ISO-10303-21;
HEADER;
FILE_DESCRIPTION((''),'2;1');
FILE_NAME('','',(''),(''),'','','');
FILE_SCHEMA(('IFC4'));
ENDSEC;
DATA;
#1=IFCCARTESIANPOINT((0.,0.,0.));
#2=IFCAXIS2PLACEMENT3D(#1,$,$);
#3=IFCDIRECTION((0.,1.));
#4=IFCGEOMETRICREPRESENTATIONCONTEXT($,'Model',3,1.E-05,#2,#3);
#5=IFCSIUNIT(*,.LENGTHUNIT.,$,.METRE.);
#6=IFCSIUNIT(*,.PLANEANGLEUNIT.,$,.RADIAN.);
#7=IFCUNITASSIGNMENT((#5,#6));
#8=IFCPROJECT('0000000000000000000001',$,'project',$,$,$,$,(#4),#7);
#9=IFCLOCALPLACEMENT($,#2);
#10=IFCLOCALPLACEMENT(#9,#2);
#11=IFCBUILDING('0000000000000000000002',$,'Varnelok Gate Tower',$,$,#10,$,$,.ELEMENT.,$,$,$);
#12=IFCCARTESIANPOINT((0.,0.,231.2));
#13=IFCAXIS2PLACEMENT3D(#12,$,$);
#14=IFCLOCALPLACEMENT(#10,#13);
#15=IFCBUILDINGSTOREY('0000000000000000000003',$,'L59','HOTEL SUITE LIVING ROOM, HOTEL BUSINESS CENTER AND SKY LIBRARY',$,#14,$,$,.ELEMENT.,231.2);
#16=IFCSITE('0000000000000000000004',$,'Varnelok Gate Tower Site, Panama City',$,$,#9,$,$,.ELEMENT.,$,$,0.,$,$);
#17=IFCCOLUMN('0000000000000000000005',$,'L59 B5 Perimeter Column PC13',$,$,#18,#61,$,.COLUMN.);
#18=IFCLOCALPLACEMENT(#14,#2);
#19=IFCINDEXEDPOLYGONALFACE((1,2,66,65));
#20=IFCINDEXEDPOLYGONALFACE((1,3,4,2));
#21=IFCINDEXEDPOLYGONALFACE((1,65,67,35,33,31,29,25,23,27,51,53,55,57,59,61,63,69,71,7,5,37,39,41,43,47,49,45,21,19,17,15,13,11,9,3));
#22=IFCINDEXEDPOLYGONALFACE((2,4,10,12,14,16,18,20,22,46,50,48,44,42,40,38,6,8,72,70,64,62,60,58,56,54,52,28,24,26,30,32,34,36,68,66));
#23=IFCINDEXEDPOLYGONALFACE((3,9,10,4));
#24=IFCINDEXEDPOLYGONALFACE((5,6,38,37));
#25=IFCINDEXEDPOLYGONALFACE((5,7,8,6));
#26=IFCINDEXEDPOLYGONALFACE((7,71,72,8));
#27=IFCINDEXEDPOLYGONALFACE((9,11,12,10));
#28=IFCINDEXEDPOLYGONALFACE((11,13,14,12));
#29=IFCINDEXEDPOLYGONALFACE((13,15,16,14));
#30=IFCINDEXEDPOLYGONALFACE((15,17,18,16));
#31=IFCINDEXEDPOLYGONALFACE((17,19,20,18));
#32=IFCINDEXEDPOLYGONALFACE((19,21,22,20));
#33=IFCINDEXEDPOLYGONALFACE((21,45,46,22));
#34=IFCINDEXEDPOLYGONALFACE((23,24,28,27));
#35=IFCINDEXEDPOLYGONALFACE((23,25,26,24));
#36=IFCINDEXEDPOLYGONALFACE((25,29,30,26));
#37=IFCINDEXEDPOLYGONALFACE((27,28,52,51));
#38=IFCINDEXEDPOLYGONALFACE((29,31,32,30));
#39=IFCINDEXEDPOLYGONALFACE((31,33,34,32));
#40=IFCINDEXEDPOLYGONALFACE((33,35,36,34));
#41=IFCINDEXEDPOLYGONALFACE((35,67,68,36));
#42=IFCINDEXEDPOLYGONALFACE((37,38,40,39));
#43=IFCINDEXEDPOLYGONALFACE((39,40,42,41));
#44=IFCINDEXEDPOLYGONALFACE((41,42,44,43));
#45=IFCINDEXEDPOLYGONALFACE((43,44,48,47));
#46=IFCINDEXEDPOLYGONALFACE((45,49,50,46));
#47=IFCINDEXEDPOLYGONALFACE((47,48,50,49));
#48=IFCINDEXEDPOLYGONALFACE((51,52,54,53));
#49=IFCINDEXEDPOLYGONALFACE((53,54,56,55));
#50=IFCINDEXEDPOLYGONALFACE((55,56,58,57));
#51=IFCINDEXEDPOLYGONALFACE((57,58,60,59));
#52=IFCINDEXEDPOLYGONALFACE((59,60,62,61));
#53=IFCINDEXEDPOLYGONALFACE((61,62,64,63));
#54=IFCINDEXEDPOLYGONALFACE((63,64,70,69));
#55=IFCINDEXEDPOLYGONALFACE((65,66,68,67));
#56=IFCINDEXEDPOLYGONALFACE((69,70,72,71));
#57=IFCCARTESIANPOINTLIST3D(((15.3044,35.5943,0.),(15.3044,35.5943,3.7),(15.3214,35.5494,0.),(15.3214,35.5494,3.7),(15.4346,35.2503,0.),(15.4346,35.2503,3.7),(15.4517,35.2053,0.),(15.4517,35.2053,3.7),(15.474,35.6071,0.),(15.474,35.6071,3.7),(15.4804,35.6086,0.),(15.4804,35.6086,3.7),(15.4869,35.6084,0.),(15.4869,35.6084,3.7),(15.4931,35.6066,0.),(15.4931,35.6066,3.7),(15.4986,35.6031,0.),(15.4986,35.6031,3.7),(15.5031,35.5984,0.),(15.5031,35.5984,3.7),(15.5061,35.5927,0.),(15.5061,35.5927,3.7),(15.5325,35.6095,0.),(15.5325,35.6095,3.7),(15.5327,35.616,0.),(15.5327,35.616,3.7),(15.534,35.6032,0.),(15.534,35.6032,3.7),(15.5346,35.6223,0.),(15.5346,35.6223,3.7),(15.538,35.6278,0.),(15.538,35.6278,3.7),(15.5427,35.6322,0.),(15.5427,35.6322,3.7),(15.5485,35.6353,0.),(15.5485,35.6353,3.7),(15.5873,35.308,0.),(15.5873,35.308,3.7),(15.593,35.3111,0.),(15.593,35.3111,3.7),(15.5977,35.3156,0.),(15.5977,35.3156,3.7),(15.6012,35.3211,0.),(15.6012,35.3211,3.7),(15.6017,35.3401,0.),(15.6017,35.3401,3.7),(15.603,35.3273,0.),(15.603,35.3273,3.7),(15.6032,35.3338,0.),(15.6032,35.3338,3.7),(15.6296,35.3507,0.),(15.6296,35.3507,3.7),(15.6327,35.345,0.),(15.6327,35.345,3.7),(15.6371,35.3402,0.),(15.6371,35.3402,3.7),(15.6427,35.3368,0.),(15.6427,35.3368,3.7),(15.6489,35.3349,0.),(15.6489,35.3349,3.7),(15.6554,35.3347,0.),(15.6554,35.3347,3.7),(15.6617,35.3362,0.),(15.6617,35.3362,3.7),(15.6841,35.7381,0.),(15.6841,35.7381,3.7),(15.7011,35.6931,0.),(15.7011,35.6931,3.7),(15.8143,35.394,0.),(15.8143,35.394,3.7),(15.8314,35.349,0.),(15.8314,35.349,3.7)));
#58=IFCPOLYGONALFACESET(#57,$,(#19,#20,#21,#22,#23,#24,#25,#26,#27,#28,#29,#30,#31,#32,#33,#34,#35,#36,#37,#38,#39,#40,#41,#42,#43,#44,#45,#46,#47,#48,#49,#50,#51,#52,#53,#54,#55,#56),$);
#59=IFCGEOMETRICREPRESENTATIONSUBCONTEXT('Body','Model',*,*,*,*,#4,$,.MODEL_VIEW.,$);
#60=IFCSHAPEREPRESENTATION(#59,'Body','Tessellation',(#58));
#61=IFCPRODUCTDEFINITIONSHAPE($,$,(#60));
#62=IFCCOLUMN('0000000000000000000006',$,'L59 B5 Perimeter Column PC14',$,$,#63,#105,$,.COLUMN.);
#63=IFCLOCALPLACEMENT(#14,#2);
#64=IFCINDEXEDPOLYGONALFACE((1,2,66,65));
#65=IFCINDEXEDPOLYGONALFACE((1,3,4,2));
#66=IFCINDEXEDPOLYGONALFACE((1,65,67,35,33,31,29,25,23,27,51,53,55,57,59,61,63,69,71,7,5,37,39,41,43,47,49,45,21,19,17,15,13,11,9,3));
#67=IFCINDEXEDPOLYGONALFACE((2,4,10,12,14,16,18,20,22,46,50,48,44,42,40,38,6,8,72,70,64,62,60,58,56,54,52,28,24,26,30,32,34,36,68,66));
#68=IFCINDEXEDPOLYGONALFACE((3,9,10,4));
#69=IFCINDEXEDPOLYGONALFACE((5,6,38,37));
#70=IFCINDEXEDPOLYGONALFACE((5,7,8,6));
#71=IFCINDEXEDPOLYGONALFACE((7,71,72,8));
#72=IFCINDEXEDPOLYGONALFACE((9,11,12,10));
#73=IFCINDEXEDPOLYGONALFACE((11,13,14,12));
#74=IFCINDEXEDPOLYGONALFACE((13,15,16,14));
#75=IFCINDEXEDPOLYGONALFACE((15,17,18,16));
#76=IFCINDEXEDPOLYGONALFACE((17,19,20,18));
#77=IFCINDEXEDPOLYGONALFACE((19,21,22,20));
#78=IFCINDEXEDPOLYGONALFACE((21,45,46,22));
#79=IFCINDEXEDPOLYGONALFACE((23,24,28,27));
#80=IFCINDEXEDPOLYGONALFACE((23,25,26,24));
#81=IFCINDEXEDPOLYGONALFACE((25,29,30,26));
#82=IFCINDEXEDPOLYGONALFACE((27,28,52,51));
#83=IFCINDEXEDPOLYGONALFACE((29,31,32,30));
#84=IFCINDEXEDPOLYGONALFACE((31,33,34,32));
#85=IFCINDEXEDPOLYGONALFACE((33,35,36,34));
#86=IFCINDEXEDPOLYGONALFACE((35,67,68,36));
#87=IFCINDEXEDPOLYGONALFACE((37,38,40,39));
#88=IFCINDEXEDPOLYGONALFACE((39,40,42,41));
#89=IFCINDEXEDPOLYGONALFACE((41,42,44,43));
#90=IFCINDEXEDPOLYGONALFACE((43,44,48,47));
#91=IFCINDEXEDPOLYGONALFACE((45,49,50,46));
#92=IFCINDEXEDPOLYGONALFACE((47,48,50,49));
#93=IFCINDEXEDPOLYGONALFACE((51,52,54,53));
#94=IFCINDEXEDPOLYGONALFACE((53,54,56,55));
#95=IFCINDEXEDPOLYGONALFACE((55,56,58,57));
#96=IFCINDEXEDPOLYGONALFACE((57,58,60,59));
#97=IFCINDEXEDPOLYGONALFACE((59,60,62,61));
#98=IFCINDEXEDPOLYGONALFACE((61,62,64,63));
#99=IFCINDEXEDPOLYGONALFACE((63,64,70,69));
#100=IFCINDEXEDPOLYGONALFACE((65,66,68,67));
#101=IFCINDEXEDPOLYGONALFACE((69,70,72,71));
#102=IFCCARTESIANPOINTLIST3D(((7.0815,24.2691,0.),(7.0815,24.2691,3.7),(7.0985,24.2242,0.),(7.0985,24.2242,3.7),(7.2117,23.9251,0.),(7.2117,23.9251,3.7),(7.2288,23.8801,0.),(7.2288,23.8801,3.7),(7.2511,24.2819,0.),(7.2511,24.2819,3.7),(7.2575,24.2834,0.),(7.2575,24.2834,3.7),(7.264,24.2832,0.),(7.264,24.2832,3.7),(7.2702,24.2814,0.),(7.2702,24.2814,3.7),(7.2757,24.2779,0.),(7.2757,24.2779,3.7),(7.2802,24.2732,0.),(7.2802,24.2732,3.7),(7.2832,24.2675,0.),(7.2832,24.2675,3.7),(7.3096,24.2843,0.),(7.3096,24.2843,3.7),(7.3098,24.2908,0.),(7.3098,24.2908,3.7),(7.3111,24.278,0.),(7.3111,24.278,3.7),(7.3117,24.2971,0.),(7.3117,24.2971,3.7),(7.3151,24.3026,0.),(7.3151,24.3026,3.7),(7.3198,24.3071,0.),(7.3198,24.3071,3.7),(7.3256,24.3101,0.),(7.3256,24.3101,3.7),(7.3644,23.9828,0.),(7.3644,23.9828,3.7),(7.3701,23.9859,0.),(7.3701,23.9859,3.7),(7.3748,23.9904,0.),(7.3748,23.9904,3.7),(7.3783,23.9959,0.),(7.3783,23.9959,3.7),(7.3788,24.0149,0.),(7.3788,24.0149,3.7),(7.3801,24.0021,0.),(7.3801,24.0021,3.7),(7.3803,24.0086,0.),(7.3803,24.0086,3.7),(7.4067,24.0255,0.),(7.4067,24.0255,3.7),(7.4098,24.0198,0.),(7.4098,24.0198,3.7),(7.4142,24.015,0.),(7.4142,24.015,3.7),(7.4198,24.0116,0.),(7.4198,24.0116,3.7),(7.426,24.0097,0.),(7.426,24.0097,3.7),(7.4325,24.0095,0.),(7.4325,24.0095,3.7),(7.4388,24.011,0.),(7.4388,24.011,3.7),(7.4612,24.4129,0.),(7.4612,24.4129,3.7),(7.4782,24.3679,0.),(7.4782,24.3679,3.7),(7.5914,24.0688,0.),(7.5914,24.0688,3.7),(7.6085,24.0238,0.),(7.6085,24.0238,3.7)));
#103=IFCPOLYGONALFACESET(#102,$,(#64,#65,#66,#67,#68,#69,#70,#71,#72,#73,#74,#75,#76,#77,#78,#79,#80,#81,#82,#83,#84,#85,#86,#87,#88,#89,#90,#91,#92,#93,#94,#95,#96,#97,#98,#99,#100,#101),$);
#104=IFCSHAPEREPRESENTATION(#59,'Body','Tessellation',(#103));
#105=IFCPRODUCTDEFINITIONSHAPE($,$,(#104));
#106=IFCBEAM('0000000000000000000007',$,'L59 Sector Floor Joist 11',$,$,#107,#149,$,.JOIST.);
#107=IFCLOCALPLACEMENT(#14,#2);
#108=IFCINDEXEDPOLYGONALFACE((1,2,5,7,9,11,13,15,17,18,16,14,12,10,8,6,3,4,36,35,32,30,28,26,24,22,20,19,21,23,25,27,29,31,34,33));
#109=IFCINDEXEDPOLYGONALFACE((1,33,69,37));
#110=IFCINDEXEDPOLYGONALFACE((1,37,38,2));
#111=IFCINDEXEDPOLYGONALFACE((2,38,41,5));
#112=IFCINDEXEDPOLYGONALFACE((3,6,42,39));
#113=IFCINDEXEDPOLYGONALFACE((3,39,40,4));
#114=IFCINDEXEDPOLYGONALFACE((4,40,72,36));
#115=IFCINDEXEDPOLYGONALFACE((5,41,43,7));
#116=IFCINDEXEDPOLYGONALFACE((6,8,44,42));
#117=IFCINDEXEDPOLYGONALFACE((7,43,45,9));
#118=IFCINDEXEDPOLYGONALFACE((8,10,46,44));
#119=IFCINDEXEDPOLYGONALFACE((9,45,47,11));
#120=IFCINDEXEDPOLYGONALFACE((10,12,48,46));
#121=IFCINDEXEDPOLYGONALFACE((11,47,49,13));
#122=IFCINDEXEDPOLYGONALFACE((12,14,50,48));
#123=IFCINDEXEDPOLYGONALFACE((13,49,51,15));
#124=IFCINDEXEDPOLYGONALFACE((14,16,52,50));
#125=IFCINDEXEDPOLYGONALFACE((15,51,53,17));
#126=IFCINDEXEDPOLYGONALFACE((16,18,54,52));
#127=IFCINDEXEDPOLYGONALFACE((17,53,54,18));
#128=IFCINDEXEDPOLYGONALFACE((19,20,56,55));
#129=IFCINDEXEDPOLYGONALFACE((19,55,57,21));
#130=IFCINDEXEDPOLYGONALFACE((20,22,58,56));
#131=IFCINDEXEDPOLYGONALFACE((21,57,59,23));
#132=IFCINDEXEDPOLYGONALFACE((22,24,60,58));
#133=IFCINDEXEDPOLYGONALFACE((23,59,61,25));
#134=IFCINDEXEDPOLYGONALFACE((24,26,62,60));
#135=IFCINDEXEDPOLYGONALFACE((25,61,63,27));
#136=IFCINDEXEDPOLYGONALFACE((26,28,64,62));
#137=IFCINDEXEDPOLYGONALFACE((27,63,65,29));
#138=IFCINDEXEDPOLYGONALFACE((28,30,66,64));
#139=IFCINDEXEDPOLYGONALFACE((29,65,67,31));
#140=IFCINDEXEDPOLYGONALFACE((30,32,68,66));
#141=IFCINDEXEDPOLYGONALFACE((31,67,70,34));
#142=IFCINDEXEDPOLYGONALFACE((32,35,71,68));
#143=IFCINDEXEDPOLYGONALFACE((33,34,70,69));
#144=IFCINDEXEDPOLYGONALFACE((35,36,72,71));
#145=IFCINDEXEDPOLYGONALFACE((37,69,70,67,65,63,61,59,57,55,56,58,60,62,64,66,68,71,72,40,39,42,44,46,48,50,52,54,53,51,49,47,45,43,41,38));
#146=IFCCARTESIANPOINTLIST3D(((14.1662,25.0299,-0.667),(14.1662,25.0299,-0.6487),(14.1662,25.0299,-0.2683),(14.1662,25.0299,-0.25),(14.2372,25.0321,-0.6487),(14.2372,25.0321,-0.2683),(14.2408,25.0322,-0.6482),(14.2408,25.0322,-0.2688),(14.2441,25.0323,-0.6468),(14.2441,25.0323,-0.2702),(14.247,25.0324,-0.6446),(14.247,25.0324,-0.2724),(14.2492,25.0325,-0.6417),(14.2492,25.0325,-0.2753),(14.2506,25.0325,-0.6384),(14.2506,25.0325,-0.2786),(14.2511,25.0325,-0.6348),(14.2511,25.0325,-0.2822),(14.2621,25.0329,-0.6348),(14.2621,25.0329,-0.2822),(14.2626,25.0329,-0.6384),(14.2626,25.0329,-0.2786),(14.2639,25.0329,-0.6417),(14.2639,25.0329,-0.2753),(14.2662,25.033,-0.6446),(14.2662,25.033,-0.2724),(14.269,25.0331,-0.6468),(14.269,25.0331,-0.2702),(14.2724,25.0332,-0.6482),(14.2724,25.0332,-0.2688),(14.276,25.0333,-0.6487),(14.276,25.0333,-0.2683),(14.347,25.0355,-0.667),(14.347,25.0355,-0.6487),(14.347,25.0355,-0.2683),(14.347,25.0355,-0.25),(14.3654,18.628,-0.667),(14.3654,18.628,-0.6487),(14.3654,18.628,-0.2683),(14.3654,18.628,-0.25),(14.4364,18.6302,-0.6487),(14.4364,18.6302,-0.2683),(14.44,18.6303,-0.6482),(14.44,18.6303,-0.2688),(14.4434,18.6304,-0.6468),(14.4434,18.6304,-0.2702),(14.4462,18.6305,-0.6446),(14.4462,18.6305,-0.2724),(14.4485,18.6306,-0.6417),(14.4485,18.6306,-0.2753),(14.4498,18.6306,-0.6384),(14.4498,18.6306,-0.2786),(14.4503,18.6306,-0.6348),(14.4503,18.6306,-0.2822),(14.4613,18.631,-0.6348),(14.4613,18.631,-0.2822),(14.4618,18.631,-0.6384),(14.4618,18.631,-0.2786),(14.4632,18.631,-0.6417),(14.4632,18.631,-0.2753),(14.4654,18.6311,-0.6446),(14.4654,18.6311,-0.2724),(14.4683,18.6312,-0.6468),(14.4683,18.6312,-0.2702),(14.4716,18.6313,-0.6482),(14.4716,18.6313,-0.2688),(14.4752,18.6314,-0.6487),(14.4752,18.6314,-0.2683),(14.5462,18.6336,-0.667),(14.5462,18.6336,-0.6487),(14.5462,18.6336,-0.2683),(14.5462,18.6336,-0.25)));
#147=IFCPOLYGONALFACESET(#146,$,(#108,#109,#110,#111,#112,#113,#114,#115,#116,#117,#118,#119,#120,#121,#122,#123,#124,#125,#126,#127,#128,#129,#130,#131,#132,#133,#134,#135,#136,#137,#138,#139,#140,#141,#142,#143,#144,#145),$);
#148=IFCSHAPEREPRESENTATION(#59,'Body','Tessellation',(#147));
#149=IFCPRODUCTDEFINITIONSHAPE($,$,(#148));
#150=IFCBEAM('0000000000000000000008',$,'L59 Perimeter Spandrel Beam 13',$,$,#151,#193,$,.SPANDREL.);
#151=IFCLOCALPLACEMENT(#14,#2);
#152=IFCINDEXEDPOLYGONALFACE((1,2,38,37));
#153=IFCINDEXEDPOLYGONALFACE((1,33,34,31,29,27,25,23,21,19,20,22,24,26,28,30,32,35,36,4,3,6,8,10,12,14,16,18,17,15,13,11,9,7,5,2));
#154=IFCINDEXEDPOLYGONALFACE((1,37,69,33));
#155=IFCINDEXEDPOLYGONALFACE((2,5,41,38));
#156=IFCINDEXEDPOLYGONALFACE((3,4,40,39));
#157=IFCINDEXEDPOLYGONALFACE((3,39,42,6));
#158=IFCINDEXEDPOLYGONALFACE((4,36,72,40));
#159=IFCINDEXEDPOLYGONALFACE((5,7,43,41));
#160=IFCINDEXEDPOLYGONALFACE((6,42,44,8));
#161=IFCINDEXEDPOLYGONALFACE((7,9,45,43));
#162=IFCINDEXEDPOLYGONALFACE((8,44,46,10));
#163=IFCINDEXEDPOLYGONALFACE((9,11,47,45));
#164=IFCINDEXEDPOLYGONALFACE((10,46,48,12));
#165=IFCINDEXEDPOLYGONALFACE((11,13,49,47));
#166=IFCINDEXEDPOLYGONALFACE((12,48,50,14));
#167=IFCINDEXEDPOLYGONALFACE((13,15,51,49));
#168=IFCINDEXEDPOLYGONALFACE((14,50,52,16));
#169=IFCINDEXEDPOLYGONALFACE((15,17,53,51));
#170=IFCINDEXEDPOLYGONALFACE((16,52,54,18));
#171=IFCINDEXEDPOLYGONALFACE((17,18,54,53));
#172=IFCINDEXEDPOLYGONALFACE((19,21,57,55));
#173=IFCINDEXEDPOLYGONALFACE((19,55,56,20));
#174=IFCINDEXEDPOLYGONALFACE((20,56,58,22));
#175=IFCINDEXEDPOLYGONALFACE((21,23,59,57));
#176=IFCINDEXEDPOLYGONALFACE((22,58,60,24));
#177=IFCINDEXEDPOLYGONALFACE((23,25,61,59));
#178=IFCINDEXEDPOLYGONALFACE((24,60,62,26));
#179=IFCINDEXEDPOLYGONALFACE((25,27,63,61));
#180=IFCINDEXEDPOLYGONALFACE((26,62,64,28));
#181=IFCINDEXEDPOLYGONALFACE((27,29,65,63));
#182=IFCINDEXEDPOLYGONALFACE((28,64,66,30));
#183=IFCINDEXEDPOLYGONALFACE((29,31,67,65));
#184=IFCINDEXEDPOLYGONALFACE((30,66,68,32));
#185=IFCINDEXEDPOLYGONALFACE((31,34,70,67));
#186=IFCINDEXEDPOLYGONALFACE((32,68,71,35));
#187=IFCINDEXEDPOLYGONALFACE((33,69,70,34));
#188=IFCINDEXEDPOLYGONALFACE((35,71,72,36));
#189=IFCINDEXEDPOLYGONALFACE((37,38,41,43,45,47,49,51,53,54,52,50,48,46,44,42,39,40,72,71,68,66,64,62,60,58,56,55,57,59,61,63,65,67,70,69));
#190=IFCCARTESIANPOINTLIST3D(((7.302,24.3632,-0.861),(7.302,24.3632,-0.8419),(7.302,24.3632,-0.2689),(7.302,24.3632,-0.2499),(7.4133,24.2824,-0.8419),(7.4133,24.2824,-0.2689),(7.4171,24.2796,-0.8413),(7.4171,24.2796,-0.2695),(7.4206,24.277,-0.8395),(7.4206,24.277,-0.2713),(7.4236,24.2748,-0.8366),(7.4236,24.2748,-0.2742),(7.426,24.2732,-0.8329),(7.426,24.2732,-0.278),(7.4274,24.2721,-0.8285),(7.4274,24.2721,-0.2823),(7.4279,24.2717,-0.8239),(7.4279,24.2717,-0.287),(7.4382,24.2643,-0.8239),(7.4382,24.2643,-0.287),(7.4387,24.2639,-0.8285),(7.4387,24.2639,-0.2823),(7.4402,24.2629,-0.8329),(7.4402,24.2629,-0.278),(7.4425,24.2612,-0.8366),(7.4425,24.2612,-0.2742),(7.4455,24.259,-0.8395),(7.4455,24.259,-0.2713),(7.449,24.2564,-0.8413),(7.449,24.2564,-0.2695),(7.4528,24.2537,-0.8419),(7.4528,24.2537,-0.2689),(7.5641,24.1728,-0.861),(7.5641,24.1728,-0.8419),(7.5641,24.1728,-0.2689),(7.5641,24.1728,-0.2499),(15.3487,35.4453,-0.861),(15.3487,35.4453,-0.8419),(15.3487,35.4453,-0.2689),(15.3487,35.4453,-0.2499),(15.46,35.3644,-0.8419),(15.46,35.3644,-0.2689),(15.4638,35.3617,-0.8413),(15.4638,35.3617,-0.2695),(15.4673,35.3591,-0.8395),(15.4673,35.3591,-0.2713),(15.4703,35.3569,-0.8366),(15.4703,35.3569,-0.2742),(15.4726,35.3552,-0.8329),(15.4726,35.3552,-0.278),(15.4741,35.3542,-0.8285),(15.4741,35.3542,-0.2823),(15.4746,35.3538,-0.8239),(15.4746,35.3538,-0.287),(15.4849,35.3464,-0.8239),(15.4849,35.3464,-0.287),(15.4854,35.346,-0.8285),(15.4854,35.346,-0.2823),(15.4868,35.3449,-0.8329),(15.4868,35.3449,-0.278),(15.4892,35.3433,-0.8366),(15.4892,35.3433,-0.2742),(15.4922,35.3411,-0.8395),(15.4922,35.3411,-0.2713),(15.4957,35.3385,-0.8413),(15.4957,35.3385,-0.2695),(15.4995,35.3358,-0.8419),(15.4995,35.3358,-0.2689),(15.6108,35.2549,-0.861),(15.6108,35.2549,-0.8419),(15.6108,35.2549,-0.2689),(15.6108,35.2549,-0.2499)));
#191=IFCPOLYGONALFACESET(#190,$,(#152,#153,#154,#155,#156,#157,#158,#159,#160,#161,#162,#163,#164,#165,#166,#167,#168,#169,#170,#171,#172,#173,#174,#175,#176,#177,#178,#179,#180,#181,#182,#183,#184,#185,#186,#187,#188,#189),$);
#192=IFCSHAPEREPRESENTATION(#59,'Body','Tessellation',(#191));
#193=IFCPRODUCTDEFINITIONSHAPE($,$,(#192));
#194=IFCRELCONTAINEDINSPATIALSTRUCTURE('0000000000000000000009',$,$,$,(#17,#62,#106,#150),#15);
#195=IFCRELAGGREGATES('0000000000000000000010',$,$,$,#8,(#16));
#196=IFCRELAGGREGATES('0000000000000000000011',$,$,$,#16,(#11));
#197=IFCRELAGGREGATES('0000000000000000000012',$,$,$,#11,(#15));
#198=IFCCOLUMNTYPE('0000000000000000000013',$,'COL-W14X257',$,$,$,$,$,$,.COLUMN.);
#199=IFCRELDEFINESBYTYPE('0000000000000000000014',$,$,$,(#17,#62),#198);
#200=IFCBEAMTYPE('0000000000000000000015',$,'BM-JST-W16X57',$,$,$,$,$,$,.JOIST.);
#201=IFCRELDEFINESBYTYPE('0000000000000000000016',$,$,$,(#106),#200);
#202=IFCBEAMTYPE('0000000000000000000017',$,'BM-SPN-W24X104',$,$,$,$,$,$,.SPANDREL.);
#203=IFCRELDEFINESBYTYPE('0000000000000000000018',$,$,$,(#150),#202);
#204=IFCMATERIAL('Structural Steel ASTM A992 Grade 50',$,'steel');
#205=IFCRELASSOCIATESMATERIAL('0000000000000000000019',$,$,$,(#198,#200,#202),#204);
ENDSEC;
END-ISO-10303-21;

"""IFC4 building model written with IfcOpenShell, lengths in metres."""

from ifc_helpers import new_model, si_unit, direction, frame, origin, origin_2d, place, context, subcontext, project, spatial, i_section, extrude, material, material_profile, profile_set, type_object, element, save


model = new_model("IFC4")

# Units and contexts
model_context = context("Model", 3, precision=1e-05, world=origin(), true_north=direction((0.0, 1.0)))
body_context = subcontext(model_context, "Body", "Model", "MODEL_VIEW")
ifc_project = project(units=[si_unit("LENGTHUNIT", "METRE"), si_unit("PLANEANGLEUNIT", "RADIAN")], contexts=[model_context])

# Site, building, storey
site_placement = place(None, origin())
site = spatial("IfcSite", under=ifc_project, at=site_placement, Name="Varnelok Gate Tower Site, Panama City", CompositionType="ELEMENT", RefElevation=0.0)
building_placement = place(site_placement, origin())
building = spatial("IfcBuilding", under=site, at=building_placement, Name="Varnelok Gate Tower", CompositionType="ELEMENT")
storey_placement = place(building_placement, frame((0.0, 0.0, 231.2)))
storey = spatial("IfcBuildingStorey", under=building, at=storey_placement, Name="L59", Description="HOTEL SUITE LIVING ROOM, HOTEL BUSINESS CENTER AND SKY LIBRARY", CompositionType="ELEMENT", Elevation=231.2)

# Columns
ifc_material_1 = material(Name="Structural Steel ASTM A992 Grade 50", Category="steel")
ifc_material_profile_1 = material_profile(ifc_material_1, i_section(OverallWidth=0.406, OverallDepth=0.416, WebThickness=0.0298, FlangeThickness=0.0481, FilletRadius=0.0249, at=origin_2d()), Name="W14X257")
ifc_profile_set_1 = profile_set([ifc_material_profile_1], Name="Structural Steel ASTM A992 Grade 50")
column_type = type_object("IfcColumnType", Name="COL-W14X257", PredefinedType="COLUMN", material=ifc_profile_set_1)
for number, where, z_axis, x_axis, name in (
    (1, (15.5679, 35.4717, 0.0), (0.0, 0.0, 1.0), (0.935222, 0.354063, 0.0), "L59 B5 Perimeter Column PC13"),
    (2, (7.345, 24.1465, 0.0), (0.0, 0.0, 1.0), (0.935222, 0.354063, 0.0), "L59 B5 Perimeter Column PC14"),
):
    element("IfcColumn", number, at=place(storey_placement, frame(where, z_axis=z_axis, x_axis=x_axis)), inside=storey, type_object=column_type, Name=name, PredefinedType="COLUMN", context=body_context, shape_type="SweptSolid", body=[
        extrude(i_section(OverallWidth=0.406, OverallDepth=0.416, WebThickness=0.0298, FlangeThickness=0.0481, FilletRadius=0.0249, at=origin_2d()), origin(), (0.0, 0.0, 1.0), 3.7),
    ])

# Beams
ifc_material_profile_2 = material_profile(ifc_material_1, i_section(OverallWidth=0.1809, OverallDepth=0.417, WebThickness=0.011, FlangeThickness=0.0183, FilletRadius=0.0139, at=origin_2d()), Name="W16X57")
ifc_profile_set_2 = profile_set([ifc_material_profile_2], Name="Structural Steel ASTM A992 Grade 50")
beam_type_1 = type_object("IfcBeamType", Name="BM-JST-W16X57", PredefinedType="JOIST", material=ifc_profile_set_2)
beam_1_placement = place(storey_placement, frame((14.2566, 25.0327, -0.4585), z_axis=(0.031104, -0.999516, 0.0), x_axis=(0.999516, 0.031104, 0.0)))
element("IfcBeam", 3, at=beam_1_placement, inside=storey, type_object=beam_type_1, Name="L59 Sector Floor Joist 11", PredefinedType="JOIST", context=body_context, shape_type="SweptSolid", body=[
    extrude(i_section(OverallWidth=0.1809, OverallDepth=0.417, WebThickness=0.011, FlangeThickness=0.0183, FilletRadius=0.0139, at=origin_2d()), origin(), (0.0, 0.0, 1.0), 6.405),
])
ifc_material_profile_3 = material_profile(ifc_material_1, i_section(OverallWidth=0.324, OverallDepth=0.6111, WebThickness=0.0127, FlangeThickness=0.019, FilletRadius=0.0181, at=origin_2d()), Name="W24X104")
ifc_profile_set_3 = profile_set([ifc_material_profile_3], Name="Structural Steel ASTM A992 Grade 50")
beam_type_2 = type_object("IfcBeamType", Name="BM-SPN-W24X104", PredefinedType="SPANDREL", material=ifc_profile_set_3)
beam_2_placement = place(storey_placement, frame((15.4797, 35.3501, -0.5554), z_axis=(-0.587549, -0.809188, 0.0), x_axis=(0.809188, -0.587549, 0.0)))
element("IfcBeam", 4, at=beam_2_placement, inside=storey, type_object=beam_type_2, Name="L59 Perimeter Spandrel Beam 13", PredefinedType="SPANDREL", context=body_context, shape_type="SweptSolid", body=[
    extrude(i_section(OverallWidth=0.324, OverallDepth=0.6111, WebThickness=0.0127, FlangeThickness=0.019, FilletRadius=0.0181, at=origin_2d()), origin(), (0.0, 0.0, 1.0), 13.6953),
])

save(model, "model.ifc")
